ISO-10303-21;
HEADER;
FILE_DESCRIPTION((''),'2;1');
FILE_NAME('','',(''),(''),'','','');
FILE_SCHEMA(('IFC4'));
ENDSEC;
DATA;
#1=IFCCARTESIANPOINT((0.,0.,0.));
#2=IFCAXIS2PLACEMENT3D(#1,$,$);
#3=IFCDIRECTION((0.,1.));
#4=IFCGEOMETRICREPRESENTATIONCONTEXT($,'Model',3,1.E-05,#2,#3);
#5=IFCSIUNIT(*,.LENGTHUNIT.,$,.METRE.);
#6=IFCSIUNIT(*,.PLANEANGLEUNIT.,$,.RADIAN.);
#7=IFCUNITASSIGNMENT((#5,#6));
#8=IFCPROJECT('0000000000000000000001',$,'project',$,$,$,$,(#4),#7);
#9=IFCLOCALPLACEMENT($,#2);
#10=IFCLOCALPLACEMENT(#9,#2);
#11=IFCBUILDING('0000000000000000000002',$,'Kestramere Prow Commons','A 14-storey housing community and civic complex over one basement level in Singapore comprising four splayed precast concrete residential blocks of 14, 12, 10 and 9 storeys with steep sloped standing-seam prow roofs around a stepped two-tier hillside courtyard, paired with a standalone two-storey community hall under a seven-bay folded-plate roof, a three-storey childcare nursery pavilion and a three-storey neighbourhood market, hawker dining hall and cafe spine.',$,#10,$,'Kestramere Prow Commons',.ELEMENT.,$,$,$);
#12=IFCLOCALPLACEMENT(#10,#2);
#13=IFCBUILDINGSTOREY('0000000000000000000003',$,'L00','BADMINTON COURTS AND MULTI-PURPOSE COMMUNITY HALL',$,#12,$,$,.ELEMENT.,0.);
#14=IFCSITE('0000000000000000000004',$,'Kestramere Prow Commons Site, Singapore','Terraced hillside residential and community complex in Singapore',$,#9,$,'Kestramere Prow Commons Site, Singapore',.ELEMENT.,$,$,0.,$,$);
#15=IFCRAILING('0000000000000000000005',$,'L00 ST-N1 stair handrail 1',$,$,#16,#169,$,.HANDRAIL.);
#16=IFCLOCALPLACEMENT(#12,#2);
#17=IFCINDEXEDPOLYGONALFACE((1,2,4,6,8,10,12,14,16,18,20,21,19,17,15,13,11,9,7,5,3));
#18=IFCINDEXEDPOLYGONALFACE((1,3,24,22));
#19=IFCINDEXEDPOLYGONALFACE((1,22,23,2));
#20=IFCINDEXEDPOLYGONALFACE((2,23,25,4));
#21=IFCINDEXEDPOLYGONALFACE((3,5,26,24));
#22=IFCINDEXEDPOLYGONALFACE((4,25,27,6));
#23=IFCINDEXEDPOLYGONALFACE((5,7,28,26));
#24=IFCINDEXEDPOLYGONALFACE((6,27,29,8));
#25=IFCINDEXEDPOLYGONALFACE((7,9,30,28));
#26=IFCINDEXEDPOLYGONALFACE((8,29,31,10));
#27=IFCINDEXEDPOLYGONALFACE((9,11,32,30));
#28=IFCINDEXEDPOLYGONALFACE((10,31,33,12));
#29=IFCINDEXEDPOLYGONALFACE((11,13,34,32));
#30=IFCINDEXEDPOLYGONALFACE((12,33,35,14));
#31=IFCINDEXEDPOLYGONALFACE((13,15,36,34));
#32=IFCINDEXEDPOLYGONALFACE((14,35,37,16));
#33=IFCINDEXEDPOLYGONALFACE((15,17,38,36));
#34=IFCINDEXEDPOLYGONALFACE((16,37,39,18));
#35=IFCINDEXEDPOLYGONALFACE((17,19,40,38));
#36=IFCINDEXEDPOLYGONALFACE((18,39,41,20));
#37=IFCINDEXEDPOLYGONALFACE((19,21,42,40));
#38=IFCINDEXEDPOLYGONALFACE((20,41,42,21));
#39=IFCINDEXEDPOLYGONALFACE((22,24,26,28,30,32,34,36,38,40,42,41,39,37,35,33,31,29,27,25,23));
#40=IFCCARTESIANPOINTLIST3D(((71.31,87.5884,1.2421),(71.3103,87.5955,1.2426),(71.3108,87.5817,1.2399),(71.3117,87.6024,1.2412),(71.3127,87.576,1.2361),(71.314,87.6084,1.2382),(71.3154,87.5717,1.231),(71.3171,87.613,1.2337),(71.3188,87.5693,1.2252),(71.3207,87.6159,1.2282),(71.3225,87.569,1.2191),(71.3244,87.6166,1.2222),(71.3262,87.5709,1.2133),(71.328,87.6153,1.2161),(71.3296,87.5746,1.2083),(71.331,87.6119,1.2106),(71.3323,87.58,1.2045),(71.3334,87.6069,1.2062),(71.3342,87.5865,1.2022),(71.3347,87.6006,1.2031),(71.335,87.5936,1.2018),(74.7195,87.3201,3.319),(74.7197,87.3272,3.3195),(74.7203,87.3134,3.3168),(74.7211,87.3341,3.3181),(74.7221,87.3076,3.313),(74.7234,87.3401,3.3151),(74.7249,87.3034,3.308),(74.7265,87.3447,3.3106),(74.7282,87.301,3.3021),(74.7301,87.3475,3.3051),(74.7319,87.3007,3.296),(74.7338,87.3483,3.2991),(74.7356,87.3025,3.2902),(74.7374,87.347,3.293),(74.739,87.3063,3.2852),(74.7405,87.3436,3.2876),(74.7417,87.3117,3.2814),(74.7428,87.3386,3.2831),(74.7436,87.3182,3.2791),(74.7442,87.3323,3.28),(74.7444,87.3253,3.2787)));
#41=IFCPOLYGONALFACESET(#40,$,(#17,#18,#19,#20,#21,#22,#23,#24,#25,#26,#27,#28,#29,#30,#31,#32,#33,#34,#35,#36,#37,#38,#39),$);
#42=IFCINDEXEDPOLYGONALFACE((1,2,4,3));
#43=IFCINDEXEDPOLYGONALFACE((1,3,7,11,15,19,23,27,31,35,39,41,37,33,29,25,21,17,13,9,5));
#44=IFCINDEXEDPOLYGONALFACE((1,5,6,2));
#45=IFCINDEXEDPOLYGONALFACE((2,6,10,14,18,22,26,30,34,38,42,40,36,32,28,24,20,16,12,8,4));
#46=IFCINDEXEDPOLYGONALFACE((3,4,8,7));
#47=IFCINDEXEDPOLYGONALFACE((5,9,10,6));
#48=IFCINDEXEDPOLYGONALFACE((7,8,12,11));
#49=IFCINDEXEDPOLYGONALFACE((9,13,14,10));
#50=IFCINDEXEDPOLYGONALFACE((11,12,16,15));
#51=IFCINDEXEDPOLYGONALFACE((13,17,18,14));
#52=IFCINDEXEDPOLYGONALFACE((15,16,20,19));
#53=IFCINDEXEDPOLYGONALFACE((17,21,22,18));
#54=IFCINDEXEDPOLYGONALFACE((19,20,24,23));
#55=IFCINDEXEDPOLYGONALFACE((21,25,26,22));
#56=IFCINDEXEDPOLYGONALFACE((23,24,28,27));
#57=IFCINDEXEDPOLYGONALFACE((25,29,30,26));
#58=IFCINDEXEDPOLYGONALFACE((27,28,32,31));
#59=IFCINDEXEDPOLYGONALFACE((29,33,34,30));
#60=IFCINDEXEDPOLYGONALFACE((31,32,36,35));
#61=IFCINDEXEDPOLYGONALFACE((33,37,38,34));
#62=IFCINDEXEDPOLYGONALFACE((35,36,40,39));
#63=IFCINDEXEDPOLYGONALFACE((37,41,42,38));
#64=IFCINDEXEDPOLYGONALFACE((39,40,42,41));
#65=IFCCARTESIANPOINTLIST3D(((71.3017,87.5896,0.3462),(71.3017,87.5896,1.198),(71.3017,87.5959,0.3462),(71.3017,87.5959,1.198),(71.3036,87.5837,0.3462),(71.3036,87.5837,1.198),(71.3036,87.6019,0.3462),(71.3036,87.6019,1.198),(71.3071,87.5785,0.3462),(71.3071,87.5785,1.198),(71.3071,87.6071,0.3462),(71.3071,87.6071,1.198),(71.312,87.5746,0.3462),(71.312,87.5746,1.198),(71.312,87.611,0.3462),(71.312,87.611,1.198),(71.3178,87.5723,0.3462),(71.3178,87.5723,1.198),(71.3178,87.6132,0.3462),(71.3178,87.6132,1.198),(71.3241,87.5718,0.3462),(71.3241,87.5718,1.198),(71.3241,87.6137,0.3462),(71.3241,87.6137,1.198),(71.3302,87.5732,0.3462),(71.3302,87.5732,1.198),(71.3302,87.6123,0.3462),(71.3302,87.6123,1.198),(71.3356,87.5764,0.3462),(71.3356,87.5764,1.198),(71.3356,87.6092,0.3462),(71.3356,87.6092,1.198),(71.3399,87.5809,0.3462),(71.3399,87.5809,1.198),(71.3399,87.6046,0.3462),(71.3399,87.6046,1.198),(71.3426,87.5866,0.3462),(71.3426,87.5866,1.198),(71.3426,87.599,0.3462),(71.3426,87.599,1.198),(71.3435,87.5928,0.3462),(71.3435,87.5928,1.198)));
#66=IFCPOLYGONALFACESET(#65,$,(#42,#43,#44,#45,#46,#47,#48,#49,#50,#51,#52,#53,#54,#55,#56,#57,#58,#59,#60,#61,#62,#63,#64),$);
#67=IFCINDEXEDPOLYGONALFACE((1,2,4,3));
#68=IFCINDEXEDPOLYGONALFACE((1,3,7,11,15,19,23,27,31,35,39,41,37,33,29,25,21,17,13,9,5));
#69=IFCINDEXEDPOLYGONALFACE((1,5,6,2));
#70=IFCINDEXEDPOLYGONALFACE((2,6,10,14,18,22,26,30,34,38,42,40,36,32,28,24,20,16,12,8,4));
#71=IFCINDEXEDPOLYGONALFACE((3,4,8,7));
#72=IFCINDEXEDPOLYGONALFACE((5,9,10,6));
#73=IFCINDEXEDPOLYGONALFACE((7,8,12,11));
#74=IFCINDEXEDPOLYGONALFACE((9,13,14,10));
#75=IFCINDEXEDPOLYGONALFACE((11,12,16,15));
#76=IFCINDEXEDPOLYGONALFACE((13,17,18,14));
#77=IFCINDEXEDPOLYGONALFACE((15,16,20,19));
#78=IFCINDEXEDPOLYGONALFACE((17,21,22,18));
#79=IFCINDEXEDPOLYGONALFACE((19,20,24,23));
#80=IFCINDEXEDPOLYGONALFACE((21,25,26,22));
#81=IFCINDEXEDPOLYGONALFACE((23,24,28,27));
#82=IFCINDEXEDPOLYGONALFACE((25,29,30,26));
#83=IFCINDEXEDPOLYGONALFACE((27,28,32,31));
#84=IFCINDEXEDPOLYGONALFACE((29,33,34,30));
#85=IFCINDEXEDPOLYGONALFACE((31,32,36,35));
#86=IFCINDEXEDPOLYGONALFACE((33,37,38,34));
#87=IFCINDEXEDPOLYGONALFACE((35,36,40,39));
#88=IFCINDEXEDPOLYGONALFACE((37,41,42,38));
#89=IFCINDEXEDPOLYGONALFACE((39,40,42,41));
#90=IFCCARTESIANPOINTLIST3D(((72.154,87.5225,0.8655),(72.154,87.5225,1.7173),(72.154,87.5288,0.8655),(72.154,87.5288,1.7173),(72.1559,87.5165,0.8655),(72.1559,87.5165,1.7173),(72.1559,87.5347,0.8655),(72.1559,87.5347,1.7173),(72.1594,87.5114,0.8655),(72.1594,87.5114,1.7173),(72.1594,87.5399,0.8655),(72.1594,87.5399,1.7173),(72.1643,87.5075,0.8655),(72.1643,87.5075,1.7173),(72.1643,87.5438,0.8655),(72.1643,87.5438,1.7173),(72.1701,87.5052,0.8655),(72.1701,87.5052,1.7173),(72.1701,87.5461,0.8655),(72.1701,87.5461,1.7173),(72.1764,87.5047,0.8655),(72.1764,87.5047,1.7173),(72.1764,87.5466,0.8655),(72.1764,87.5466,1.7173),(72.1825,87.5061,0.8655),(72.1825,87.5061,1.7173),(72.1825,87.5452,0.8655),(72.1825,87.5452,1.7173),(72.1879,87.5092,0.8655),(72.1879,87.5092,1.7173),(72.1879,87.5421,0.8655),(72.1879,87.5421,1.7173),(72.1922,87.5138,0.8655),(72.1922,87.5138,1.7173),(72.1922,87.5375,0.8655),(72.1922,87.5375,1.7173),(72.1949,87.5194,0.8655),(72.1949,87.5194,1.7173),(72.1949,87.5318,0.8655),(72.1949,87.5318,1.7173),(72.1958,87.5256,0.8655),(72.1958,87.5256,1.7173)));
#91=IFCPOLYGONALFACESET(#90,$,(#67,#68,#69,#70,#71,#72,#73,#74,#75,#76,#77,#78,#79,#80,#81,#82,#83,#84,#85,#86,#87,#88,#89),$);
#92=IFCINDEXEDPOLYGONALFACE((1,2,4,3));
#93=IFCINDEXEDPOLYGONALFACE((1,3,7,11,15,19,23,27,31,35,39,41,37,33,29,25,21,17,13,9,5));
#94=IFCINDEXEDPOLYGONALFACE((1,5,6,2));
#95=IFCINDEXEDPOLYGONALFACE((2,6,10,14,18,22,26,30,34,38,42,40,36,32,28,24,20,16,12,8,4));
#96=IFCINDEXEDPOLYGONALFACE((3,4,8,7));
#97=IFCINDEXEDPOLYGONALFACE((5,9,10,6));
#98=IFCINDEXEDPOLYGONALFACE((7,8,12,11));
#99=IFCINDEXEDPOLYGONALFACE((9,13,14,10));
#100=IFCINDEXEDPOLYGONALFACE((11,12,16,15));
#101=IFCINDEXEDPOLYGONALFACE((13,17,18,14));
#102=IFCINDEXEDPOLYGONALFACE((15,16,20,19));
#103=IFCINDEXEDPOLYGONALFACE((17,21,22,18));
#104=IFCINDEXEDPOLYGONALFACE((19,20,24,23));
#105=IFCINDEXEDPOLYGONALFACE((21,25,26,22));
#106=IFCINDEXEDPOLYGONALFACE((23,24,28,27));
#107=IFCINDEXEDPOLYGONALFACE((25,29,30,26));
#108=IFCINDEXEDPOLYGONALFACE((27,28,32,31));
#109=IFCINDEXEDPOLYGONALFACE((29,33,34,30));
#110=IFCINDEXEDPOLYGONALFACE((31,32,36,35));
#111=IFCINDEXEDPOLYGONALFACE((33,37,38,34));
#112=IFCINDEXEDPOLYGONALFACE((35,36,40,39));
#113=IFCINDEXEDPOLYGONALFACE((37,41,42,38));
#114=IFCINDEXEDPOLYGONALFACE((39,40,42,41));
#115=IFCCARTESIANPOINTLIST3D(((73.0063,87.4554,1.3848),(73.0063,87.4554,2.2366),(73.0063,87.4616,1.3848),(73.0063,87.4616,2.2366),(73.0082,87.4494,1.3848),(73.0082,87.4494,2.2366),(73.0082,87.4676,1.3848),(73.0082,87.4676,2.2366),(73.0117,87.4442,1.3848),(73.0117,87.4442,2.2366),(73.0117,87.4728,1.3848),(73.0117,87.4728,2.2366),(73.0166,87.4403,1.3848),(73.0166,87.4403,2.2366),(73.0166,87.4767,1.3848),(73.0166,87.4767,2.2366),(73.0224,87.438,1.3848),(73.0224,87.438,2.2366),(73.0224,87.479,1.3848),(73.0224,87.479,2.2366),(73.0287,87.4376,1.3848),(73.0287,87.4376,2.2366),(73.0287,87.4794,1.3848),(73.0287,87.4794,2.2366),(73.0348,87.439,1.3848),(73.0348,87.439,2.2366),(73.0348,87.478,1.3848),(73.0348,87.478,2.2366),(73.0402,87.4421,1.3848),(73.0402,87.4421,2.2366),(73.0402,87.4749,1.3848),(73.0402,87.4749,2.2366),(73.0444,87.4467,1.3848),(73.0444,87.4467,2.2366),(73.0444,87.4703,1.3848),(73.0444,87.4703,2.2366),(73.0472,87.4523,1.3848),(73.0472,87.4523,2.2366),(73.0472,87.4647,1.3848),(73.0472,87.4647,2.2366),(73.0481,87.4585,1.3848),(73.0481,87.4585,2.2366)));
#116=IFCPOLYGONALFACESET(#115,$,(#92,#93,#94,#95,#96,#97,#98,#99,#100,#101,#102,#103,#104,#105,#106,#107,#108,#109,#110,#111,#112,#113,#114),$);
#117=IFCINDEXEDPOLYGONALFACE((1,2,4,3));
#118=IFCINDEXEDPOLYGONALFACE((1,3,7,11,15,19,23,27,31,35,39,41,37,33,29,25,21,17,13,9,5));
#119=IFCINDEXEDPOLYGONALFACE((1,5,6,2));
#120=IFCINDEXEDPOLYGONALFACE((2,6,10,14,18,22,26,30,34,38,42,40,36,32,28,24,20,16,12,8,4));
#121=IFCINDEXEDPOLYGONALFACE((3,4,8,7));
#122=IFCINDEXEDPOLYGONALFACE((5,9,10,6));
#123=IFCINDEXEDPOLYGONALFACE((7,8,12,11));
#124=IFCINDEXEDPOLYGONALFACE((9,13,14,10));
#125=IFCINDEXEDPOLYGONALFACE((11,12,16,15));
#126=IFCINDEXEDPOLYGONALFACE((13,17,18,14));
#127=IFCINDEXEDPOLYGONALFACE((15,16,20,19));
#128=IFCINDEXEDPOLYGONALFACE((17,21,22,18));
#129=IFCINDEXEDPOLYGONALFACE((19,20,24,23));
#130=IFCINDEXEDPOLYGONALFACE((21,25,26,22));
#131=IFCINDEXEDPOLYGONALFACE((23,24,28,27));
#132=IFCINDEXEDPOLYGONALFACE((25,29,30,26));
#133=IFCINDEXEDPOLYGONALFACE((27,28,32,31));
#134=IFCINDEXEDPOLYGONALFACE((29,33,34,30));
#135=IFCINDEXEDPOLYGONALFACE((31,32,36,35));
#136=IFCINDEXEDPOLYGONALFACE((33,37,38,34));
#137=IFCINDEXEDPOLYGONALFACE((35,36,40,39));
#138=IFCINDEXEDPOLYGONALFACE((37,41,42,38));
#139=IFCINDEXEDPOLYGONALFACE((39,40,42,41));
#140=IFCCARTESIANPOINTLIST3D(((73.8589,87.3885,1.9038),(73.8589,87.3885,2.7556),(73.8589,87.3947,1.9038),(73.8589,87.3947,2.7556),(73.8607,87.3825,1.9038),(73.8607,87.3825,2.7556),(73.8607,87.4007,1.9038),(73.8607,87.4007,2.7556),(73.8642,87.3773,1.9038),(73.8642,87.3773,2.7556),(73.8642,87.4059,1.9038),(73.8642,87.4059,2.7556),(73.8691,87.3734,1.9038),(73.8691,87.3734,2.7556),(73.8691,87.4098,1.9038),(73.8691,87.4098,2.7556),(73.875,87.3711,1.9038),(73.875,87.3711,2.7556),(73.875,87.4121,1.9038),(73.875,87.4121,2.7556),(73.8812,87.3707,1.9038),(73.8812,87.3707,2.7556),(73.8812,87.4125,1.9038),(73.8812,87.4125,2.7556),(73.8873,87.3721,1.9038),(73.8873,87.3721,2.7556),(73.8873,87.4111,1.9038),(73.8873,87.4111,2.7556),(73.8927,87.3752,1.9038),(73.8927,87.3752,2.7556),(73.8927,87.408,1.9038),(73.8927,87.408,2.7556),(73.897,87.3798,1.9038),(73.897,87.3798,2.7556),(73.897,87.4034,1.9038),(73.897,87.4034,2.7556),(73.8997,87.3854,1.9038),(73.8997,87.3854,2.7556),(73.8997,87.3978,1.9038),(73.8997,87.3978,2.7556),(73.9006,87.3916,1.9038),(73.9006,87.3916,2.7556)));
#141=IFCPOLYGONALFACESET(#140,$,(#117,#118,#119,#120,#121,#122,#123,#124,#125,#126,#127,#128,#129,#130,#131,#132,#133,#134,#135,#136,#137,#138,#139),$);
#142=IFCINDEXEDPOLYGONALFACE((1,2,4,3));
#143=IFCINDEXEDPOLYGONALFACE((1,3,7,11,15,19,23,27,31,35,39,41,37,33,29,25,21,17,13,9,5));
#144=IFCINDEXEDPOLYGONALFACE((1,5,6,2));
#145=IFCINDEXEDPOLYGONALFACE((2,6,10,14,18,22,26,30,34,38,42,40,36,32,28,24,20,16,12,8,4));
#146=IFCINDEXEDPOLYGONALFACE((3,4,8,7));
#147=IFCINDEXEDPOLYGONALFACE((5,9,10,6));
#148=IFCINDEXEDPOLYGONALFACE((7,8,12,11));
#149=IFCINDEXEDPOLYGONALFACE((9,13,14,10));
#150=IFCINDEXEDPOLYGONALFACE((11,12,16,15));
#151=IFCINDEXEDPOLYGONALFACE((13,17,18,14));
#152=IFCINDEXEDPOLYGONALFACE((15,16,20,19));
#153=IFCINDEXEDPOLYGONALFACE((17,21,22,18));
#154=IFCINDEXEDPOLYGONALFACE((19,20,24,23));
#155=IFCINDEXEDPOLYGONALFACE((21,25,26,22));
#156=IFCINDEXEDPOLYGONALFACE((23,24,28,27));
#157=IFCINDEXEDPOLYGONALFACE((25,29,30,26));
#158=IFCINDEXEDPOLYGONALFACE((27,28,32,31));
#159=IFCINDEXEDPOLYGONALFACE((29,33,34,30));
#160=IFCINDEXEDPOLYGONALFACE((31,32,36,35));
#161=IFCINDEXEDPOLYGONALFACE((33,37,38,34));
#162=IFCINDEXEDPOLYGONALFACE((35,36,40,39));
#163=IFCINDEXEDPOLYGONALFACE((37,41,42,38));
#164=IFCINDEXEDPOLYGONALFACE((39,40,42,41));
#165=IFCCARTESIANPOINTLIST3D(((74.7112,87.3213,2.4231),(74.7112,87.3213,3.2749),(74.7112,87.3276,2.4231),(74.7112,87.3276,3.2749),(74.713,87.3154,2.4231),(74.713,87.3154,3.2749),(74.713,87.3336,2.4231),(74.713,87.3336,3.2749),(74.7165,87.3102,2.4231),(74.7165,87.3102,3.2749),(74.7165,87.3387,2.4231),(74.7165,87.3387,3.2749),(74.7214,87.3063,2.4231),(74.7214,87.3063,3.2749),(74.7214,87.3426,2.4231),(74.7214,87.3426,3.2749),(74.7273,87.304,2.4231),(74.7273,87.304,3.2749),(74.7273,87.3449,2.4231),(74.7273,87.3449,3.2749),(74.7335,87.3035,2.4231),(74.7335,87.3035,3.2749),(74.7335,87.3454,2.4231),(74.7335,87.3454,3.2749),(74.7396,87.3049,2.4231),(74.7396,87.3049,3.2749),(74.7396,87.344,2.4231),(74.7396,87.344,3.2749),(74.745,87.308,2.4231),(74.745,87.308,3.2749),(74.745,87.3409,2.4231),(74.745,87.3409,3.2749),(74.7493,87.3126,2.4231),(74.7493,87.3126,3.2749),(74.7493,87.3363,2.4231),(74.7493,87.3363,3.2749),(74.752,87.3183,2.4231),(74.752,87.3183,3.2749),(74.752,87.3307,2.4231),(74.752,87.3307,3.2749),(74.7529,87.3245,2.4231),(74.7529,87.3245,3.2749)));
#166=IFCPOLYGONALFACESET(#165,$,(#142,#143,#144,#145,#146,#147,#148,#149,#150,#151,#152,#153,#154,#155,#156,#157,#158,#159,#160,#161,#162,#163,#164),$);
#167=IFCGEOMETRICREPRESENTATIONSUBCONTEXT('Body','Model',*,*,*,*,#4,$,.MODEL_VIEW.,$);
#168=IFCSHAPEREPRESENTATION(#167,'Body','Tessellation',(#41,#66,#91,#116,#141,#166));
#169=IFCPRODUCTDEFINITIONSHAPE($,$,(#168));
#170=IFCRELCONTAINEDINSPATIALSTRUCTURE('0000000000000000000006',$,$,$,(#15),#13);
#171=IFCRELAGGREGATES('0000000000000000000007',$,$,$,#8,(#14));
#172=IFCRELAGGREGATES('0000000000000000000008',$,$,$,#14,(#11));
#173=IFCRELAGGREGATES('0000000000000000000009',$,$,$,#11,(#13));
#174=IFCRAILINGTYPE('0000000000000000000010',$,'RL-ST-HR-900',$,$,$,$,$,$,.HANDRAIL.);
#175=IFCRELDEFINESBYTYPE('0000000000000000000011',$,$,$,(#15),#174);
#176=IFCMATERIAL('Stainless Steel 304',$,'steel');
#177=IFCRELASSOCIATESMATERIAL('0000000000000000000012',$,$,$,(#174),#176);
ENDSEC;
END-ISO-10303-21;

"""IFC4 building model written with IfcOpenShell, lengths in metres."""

from ifc_helpers import new_model, si_unit, direction, frame, origin, origin_2d, place, context, subcontext, project, spatial, circle, extrude, material, type_object, element, save


model = new_model("IFC4")

# Units and contexts
model_context = context("Model", 3, precision=1e-05, world=origin(), true_north=direction((0.0, 1.0)))
body_context = subcontext(model_context, "Body", "Model", "MODEL_VIEW")
ifc_project = project(units=[si_unit("LENGTHUNIT", "METRE"), si_unit("PLANEANGLEUNIT", "RADIAN")], contexts=[model_context])

# Site, building, storey
site_placement = place(None, origin())
site = spatial("IfcSite", under=ifc_project, at=site_placement, Name="Kestramere Prow Commons Site, Singapore", Description="Terraced hillside residential and community complex in Singapore", LongName="Kestramere Prow Commons Site, Singapore", CompositionType="ELEMENT", RefElevation=0.0)
building_placement = place(site_placement, origin())
building = spatial("IfcBuilding", under=site, at=building_placement, Name="Kestramere Prow Commons", Description="A 14-storey housing community and civic complex over one basement level in Singapore comprising four splayed precast concrete residential blocks of 14, 12, 10 and 9 storeys with steep sloped standing-seam prow roofs around a stepped two-tier hillside courtyard, paired with a standalone two-storey community hall under a seven-bay folded-plate roof, a three-storey childcare nursery pavilion and a three-storey neighbourhood market, hawker dining hall and cafe spine.", LongName="Kestramere Prow Commons", CompositionType="ELEMENT")
storey_placement = place(building_placement, origin())
storey = spatial("IfcBuildingStorey", under=building, at=storey_placement, Name="L00", Description="BADMINTON COURTS AND MULTI-PURPOSE COMMUNITY HALL", CompositionType="ELEMENT", Elevation=0.0)

# Railing
ifc_material_1 = material(Name="Stainless Steel 304", Category="steel")
railing_type_1 = type_object("IfcRailingType", Name="RL-ST-HR-900", PredefinedType="HANDRAIL", material=ifc_material_1)
railing_1_placement = place(storey_placement, frame((71.3225, 87.5928, 0.3462)))
element("IfcRailing", 1, at=railing_1_placement, inside=storey, type_object=railing_type_1, Name="L00 ST-N1 stair handrail 1", PredefinedType="HANDRAIL", context=body_context, shape_type="SweptSolid", body=[
    extrude(circle(Radius=0.0239, at=origin_2d()), frame((0.0, 0.0, 0.876), z_axis=(0.852098, -0.067057, 0.519069), x_axis=(0.078454, 0.996918, 0.0)), (0.0, 0.0, 1.0), 4.0012),
    extrude(circle(Radius=0.021, at=origin_2d()), origin(), (0.0, 0.0, 1.0), 0.8518),
    extrude(circle(Radius=0.021, at=origin_2d()), frame((0.8523, -0.0671, 0.5193)), (0.0, 0.0, 1.0), 0.8518),
    extrude(circle(Radius=0.021, at=origin_2d()), frame((1.7046, -0.1343, 1.0386)), (0.0, 0.0, 1.0), 0.8518),
    extrude(circle(Radius=0.021, at=origin_2d()), frame((2.5571, -0.2012, 1.5576)), (0.0, 0.0, 1.0), 0.8518),
    extrude(circle(Radius=0.021, at=origin_2d()), frame((3.4094, -0.2683, 2.0769)), (0.0, 0.0, 1.0), 0.8518),
])

save(model, "model.ifc")
